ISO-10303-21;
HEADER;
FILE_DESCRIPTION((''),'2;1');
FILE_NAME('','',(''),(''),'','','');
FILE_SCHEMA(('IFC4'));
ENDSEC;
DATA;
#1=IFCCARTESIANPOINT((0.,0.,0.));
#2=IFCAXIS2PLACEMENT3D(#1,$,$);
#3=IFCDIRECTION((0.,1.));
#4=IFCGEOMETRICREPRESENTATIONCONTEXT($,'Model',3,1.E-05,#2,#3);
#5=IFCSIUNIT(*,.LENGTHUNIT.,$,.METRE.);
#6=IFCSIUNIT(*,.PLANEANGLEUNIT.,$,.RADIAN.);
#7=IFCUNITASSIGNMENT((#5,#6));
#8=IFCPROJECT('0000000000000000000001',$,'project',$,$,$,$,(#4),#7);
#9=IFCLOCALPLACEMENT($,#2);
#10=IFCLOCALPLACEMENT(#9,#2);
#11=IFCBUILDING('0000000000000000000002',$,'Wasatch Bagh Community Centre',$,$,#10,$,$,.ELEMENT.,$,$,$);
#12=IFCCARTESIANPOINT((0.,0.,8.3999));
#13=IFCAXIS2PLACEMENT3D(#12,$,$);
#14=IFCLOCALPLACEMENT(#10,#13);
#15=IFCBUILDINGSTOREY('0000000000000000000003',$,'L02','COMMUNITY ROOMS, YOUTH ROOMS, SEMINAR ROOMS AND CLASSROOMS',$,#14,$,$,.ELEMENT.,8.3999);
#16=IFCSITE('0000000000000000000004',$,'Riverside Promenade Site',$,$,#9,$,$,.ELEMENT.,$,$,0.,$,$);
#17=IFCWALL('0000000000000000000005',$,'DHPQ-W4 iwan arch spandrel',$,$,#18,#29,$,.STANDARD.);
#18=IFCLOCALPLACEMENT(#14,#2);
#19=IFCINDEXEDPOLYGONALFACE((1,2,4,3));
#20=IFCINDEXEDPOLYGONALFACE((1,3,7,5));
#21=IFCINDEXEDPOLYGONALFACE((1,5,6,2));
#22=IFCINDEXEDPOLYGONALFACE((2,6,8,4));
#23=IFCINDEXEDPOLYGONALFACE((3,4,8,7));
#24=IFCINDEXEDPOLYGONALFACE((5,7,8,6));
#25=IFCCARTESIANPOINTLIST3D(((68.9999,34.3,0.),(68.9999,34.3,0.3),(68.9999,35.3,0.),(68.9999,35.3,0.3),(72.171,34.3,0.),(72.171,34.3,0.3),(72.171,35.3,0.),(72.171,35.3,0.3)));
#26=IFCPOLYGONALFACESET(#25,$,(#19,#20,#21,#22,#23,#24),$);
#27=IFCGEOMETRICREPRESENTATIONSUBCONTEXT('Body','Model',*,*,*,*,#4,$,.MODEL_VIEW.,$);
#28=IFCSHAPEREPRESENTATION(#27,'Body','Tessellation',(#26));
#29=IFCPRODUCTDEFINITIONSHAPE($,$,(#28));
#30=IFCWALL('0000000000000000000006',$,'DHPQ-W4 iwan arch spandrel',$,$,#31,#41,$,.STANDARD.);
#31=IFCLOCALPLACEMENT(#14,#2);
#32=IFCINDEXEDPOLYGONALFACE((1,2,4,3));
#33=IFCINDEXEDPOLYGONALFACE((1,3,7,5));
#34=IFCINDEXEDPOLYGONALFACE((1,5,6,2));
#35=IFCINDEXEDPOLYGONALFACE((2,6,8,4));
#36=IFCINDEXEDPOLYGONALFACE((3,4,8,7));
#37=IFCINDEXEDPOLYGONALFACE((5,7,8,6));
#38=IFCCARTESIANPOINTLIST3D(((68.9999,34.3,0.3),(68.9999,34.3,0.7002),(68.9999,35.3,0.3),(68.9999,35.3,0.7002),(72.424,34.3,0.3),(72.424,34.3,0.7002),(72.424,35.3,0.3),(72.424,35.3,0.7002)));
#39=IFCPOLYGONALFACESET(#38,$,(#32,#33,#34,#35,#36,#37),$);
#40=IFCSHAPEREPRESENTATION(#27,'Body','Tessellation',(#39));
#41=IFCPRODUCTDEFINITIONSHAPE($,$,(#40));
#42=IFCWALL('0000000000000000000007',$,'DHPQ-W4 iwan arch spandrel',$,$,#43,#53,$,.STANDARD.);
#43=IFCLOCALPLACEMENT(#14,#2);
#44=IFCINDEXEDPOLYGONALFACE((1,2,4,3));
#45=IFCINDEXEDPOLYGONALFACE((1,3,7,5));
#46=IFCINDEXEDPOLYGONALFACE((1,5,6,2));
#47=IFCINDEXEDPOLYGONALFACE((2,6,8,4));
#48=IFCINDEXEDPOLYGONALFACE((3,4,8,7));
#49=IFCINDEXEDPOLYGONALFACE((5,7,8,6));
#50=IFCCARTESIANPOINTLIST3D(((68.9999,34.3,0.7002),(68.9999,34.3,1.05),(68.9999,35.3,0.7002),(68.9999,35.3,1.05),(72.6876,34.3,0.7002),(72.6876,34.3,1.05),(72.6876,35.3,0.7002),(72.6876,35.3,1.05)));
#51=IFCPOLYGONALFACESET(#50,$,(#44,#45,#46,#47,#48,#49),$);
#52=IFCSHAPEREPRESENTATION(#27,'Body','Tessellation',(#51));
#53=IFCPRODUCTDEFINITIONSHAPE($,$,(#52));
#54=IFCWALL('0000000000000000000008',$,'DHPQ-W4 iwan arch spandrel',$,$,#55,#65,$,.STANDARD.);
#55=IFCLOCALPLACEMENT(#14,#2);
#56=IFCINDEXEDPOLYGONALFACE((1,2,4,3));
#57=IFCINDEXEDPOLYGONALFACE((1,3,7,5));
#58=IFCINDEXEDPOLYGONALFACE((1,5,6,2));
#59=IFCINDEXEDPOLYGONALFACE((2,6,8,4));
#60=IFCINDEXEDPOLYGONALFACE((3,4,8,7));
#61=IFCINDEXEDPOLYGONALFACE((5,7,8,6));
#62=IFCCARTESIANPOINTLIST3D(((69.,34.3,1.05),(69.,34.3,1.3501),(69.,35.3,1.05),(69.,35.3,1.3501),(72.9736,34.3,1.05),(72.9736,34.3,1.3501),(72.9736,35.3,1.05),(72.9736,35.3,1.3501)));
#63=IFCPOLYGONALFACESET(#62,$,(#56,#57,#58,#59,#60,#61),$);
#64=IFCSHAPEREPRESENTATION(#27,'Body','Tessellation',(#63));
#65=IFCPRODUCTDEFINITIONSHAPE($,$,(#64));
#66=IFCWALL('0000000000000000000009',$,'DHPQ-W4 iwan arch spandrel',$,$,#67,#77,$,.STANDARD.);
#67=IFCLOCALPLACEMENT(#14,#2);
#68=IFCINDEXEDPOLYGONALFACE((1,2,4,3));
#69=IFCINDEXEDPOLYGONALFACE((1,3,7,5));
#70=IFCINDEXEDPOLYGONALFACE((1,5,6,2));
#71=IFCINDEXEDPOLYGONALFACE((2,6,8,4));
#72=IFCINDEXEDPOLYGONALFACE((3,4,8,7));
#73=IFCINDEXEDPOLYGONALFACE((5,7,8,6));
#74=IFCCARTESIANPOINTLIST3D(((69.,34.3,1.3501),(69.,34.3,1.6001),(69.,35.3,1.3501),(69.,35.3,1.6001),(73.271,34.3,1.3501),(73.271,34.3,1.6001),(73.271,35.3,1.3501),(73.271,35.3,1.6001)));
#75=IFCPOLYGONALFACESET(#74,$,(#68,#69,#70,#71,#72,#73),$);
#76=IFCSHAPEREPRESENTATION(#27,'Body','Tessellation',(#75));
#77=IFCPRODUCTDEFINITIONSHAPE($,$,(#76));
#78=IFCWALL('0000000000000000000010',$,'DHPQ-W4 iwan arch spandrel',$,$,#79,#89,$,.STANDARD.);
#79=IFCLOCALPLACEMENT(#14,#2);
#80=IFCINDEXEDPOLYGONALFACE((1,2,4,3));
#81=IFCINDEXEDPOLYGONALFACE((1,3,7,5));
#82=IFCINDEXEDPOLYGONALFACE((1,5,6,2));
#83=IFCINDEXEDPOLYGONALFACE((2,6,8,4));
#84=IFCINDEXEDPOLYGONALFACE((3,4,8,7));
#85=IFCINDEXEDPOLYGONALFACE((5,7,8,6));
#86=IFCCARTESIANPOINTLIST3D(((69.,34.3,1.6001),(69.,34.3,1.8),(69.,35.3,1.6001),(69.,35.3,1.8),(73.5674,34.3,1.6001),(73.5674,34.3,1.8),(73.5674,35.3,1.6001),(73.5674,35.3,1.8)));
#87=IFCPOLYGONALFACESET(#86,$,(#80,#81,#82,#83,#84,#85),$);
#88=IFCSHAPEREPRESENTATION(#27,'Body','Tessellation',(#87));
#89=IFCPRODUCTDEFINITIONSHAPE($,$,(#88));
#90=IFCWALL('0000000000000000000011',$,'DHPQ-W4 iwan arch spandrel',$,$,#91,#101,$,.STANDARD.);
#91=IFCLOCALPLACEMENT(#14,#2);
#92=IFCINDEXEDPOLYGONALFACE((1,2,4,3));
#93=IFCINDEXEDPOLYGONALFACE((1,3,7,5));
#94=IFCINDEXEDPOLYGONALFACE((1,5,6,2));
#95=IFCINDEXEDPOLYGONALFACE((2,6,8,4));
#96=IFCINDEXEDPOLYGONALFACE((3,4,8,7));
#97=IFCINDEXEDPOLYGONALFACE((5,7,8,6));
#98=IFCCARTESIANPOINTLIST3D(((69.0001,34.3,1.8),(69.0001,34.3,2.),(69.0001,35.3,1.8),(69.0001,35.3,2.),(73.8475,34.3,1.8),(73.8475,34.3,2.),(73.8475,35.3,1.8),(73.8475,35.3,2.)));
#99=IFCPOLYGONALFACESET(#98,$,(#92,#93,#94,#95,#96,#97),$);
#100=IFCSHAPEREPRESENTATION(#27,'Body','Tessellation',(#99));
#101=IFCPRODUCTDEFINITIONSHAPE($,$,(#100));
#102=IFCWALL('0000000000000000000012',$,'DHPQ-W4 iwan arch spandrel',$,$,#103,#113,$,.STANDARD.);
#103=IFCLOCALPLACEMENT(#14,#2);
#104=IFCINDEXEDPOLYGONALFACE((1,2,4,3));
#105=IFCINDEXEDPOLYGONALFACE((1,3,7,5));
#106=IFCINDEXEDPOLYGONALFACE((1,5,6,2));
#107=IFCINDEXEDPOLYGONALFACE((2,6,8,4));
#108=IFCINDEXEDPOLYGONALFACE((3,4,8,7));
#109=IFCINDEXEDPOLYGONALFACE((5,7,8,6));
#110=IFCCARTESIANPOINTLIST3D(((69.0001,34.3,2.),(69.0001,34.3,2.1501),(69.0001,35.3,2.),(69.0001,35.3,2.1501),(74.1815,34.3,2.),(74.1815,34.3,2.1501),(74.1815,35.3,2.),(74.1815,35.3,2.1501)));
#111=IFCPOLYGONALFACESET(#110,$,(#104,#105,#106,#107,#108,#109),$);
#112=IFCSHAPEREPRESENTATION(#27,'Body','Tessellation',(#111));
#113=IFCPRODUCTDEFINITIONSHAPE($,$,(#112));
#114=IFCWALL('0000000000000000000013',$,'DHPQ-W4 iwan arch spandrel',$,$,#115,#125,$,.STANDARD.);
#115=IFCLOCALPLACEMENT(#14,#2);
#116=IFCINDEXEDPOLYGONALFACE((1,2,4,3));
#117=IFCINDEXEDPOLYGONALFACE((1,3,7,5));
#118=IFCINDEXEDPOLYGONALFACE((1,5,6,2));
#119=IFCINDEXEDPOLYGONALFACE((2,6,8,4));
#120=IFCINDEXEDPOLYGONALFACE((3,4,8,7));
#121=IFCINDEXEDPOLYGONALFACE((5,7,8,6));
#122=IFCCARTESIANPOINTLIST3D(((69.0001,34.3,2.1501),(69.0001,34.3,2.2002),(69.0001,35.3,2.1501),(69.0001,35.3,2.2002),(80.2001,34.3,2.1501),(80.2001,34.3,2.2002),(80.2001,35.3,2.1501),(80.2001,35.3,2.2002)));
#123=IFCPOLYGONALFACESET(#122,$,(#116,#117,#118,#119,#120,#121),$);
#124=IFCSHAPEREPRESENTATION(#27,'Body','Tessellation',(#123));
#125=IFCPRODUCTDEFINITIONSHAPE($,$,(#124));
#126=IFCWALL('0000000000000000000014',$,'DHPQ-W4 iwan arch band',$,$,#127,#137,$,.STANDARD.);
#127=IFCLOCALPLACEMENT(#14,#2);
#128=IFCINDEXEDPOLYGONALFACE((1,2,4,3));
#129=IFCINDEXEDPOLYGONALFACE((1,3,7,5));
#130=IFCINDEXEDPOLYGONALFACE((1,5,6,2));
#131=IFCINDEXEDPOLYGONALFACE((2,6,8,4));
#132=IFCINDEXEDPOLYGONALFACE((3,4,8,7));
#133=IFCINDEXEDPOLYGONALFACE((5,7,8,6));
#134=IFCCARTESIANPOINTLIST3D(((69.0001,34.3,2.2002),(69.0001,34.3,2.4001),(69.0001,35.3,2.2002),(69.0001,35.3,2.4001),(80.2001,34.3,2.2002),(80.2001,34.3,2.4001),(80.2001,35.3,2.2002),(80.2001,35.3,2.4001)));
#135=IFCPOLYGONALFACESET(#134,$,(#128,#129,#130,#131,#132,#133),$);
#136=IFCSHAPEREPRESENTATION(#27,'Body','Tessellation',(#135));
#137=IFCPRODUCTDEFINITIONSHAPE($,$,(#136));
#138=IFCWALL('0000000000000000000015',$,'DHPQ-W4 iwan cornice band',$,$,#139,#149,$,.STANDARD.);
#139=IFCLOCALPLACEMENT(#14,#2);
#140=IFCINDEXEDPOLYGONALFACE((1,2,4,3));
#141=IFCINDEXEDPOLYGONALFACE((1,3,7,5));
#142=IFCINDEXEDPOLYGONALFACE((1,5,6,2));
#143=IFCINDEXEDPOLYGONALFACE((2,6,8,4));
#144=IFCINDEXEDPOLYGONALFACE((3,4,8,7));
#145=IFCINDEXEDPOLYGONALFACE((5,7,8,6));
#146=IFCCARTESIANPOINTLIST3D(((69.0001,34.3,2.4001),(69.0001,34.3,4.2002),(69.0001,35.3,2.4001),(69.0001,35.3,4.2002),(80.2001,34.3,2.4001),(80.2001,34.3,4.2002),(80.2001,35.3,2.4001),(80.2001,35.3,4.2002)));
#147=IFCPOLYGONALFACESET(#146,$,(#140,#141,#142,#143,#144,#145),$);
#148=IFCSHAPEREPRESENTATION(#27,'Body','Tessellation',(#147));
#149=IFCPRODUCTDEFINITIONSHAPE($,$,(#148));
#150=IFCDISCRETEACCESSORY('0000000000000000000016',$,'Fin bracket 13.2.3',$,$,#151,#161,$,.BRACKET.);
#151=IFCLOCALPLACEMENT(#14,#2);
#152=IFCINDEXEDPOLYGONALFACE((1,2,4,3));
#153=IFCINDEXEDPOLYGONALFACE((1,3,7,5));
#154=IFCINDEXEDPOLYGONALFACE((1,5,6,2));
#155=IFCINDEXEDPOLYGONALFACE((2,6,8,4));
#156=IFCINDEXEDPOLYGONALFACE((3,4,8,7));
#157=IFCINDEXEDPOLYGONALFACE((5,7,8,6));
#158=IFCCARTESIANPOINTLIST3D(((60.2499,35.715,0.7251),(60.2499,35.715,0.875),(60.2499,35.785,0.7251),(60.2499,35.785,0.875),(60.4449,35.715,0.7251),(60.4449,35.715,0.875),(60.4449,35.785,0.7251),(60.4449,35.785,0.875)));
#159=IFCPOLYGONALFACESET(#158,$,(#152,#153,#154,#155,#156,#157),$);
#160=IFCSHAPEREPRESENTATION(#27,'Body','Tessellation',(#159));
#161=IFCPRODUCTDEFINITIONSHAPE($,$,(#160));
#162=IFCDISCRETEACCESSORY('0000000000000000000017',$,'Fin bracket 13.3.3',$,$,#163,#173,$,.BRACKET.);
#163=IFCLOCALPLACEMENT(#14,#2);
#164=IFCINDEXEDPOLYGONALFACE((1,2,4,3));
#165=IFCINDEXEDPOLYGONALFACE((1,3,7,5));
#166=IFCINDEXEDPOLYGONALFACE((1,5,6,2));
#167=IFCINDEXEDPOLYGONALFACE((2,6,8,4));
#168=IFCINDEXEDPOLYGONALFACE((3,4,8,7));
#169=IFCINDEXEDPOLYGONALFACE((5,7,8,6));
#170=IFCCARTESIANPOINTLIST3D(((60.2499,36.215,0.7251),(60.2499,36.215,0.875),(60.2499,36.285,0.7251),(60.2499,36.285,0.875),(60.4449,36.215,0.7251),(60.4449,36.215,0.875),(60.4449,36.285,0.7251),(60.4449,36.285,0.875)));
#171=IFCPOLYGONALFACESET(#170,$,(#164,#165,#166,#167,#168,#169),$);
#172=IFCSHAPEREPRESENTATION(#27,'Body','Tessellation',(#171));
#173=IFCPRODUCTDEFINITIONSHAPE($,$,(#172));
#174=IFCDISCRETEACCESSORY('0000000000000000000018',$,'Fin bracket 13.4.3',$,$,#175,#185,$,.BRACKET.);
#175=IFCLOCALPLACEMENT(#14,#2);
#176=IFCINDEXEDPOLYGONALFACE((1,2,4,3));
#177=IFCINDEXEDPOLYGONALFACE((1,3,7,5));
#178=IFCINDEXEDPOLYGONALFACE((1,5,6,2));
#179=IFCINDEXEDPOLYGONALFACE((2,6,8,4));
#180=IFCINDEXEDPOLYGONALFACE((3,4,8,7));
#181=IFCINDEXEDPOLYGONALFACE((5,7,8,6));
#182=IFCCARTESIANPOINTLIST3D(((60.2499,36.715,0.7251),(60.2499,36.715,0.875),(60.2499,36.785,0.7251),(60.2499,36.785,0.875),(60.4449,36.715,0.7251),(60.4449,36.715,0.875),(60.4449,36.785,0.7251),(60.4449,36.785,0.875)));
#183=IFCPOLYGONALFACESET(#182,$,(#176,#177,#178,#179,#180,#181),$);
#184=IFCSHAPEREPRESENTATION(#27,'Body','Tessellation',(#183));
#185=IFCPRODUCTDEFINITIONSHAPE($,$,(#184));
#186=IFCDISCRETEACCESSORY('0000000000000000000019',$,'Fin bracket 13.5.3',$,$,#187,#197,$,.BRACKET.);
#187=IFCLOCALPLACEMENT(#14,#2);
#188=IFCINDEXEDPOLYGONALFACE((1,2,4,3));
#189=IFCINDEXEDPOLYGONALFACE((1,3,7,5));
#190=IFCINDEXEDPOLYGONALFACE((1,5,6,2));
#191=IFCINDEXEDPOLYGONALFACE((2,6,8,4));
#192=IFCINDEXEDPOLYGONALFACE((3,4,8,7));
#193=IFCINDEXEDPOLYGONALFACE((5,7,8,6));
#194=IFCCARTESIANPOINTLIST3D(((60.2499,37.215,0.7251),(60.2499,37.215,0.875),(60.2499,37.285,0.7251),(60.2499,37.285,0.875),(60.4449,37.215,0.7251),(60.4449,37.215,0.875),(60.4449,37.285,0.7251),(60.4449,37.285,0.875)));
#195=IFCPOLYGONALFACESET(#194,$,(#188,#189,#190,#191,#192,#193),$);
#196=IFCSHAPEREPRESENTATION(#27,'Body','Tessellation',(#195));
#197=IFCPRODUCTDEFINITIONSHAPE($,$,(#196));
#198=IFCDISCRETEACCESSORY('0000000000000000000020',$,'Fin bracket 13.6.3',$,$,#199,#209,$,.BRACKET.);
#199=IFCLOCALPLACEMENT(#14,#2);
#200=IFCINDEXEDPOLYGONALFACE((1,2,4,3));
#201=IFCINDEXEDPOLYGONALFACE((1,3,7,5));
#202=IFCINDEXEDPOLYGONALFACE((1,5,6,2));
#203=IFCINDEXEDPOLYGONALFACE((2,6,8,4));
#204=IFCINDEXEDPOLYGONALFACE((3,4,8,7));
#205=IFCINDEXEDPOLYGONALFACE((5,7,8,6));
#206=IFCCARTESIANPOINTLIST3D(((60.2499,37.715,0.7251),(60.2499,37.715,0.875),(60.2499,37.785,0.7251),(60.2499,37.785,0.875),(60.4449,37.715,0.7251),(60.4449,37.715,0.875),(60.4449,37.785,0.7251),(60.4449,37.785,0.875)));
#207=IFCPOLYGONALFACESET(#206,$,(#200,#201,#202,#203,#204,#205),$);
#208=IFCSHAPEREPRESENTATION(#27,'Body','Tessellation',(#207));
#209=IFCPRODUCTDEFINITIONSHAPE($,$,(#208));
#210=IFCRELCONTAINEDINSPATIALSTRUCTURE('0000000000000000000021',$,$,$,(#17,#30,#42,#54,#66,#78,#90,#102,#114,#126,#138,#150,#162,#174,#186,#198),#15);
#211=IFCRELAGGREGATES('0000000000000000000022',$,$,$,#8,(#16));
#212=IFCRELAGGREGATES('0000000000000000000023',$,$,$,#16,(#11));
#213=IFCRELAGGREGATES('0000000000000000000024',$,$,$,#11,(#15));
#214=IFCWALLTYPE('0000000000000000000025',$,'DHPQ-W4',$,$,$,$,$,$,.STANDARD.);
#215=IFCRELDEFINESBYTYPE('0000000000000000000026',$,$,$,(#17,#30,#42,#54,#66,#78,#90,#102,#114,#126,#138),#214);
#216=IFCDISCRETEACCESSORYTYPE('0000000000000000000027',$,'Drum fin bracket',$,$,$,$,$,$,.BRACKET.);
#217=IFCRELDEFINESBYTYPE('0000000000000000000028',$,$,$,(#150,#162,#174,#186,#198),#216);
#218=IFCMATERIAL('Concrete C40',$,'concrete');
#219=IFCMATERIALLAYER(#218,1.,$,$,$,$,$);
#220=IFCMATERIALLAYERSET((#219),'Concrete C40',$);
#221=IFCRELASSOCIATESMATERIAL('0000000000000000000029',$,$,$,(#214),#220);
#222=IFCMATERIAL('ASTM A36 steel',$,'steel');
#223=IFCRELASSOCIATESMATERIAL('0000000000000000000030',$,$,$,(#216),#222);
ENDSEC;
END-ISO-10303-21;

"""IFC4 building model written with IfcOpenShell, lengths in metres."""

from ifc_helpers import new_model, si_unit, direction, frame, frame_2d, origin, origin_2d, place, context, subcontext, project, spatial, rectangle, extrude, material, layer, layer_set, type_object, element, save


model = new_model("IFC4")

# Units and contexts
model_context = context("Model", 3, precision=1e-05, world=origin(), true_north=direction((0.0, 1.0)))
body_context = subcontext(model_context, "Body", "Model", "MODEL_VIEW")
ifc_project = project(units=[si_unit("LENGTHUNIT", "METRE"), si_unit("PLANEANGLEUNIT", "RADIAN")], contexts=[model_context])

# Site, building, storey
site_placement = place(None, origin())
site = spatial("IfcSite", under=ifc_project, at=site_placement, Name="Riverside Promenade Site", CompositionType="ELEMENT", RefElevation=0.0)
building_placement = place(site_placement, origin())
building = spatial("IfcBuilding", under=site, at=building_placement, Name="Wasatch Bagh Community Centre", CompositionType="ELEMENT")
storey_placement = place(building_placement, frame((0.0, 0.0, 8.3999)))
storey = spatial("IfcBuildingStorey", under=building, at=storey_placement, Name="L02", Description="COMMUNITY ROOMS, YOUTH ROOMS, SEMINAR ROOMS AND CLASSROOMS", CompositionType="ELEMENT", Elevation=8.3999)

# Walls
ifc_material_1 = material(Name="Concrete C40", Category="concrete")
ifc_layer = layer(ifc_material_1, 1.0)
ifc_layer_set = layer_set([ifc_layer], Name="Concrete C40")
wall_type = type_object("IfcWallType", Name="DHPQ-W4", PredefinedType="STANDARD", material=ifc_layer_set)
wall_1_placement = place(storey_placement, frame((69.0, 34.8, 0.0), z_axis=(0.0, 0.0, 1.0), x_axis=(1.0, 0.0, 0.0)))
element("IfcWall", 1, at=wall_1_placement, inside=storey, type_object=wall_type, Name="DHPQ-W4 iwan arch spandrel", PredefinedType="STANDARD", context=body_context, shape_type="SweptSolid", body=[
    extrude(rectangle(XDim=3.1711, YDim=1.0, at=frame_2d((1.5854, 0.0))), origin(), (0.0, 0.0, 1.0), 0.3),
])
wall_2_placement = place(storey_placement, frame((69.0, 34.8, 0.3), z_axis=(0.0, 0.0, 1.0), x_axis=(1.0, 0.0, 0.0)))
element("IfcWall", 2, at=wall_2_placement, inside=storey, type_object=wall_type, Name="DHPQ-W4 iwan arch spandrel", PredefinedType="STANDARD", context=body_context, shape_type="SweptSolid", body=[
    extrude(rectangle(XDim=3.4241, YDim=1.0, at=frame_2d((1.7119, 0.0))), origin(), (0.0, 0.0, 1.0), 0.4001),
])
wall_3_placement = place(storey_placement, frame((69.0, 34.8, 0.7002), z_axis=(0.0, 0.0, 1.0), x_axis=(1.0, 0.0, 0.0)))
element("IfcWall", 3, at=wall_3_placement, inside=storey, type_object=wall_type, Name="DHPQ-W4 iwan arch spandrel", PredefinedType="STANDARD", context=body_context, shape_type="SweptSolid", body=[
    extrude(rectangle(XDim=3.6877, YDim=1.0, at=frame_2d((1.8438, 0.0))), origin(), (0.0, 0.0, 1.0), 0.3499),
])
wall_4_placement = place(storey_placement, frame((69.0, 34.8, 1.05), z_axis=(0.0, 0.0, 1.0), x_axis=(1.0, 0.0, 0.0)))
element("IfcWall", 4, at=wall_4_placement, inside=storey, type_object=wall_type, Name="DHPQ-W4 iwan arch spandrel", PredefinedType="STANDARD", context=body_context, shape_type="SweptSolid", body=[
    extrude(rectangle(XDim=3.9736, YDim=1.0, at=frame_2d((1.9868, 0.0))), origin(), (0.0, 0.0, 1.0), 0.3),
])
wall_5_placement = place(storey_placement, frame((69.0, 34.8, 1.3501), z_axis=(0.0, 0.0, 1.0), x_axis=(1.0, 0.0, 0.0)))
element("IfcWall", 5, at=wall_5_placement, inside=storey, type_object=wall_type, Name="DHPQ-W4 iwan arch spandrel", PredefinedType="STANDARD", context=body_context, shape_type="SweptSolid", body=[
    extrude(rectangle(XDim=4.271, YDim=1.0, at=frame_2d((2.1355, 0.0))), origin(), (0.0, 0.0, 1.0), 0.25),
])
wall_6_placement = place(storey_placement, frame((69.0, 34.8, 1.6001), z_axis=(0.0, 0.0, 1.0), x_axis=(1.0, 0.0, 0.0)))
element("IfcWall", 6, at=wall_6_placement, inside=storey, type_object=wall_type, Name="DHPQ-W4 iwan arch spandrel", PredefinedType="STANDARD", context=body_context, shape_type="SweptSolid", body=[
    extrude(rectangle(XDim=4.5674, YDim=1.0, at=frame_2d((2.2837, 0.0))), origin(), (0.0, 0.0, 1.0), 0.2),
])
wall_7_placement = place(storey_placement, frame((69.0, 34.8, 1.8), z_axis=(0.0, 0.0, 1.0), x_axis=(1.0, 0.0, 0.0)))
element("IfcWall", 7, at=wall_7_placement, inside=storey, type_object=wall_type, Name="DHPQ-W4 iwan arch spandrel", PredefinedType="STANDARD", context=body_context, shape_type="SweptSolid", body=[
    extrude(rectangle(XDim=4.8474, YDim=1.0, at=frame_2d((2.4238, 0.0))), origin(), (0.0, 0.0, 1.0), 0.2),
])
wall_8_placement = place(storey_placement, frame((69.0, 34.8, 2.0), z_axis=(0.0, 0.0, 1.0), x_axis=(1.0, 0.0, 0.0)))
element("IfcWall", 8, at=wall_8_placement, inside=storey, type_object=wall_type, Name="DHPQ-W4 iwan arch spandrel", PredefinedType="STANDARD", context=body_context, shape_type="SweptSolid", body=[
    extrude(rectangle(XDim=5.1814, YDim=1.0, at=frame_2d((2.5908, 0.0))), origin(), (0.0, 0.0, 1.0), 0.1501),
])
wall_9_placement = place(storey_placement, frame((69.0, 34.8, 2.1501), z_axis=(0.0, 0.0, 1.0), x_axis=(1.0, 0.0, 0.0)))
element("IfcWall", 9, at=wall_9_placement, inside=storey, type_object=wall_type, Name="DHPQ-W4 iwan arch spandrel", PredefinedType="STANDARD", context=body_context, shape_type="SweptSolid", body=[
    extrude(rectangle(XDim=11.2, YDim=1.0, at=frame_2d((5.6001, 0.0))), origin(), (0.0, 0.0, 1.0), 0.05),
])
wall_10_placement = place(storey_placement, frame((69.0, 34.8, 2.2002), z_axis=(0.0, 0.0, 1.0), x_axis=(1.0, 0.0, 0.0)))
element("IfcWall", 10, at=wall_10_placement, inside=storey, type_object=wall_type, Name="DHPQ-W4 iwan arch band", PredefinedType="STANDARD", context=body_context, shape_type="SweptSolid", body=[
    extrude(rectangle(XDim=11.2, YDim=1.0, at=frame_2d((5.6001, 0.0))), origin(), (0.0, 0.0, 1.0), 0.2),
])
wall_11_placement = place(storey_placement, frame((69.0, 34.8, 2.4001), z_axis=(0.0, 0.0, 1.0), x_axis=(1.0, 0.0, 0.0)))
element("IfcWall", 11, at=wall_11_placement, inside=storey, type_object=wall_type, Name="DHPQ-W4 iwan cornice band", PredefinedType="STANDARD", context=body_context, shape_type="SweptSolid", body=[
    extrude(rectangle(XDim=11.2, YDim=1.0, at=frame_2d((5.6001, 0.0))), origin(), (0.0, 0.0, 1.0), 1.8),
])

# Discrete accessories
ifc_material_2 = material(Name="ASTM A36 steel", Category="steel")
discrete_accessory_type = type_object("IfcDiscreteAccessoryType", Name="Drum fin bracket", PredefinedType="BRACKET", material=ifc_material_2)
for number, where, z_axis, x_axis, name in (
    (12, (60.3474, 35.75, 0.7251), (0.0, 0.0, 1.0), (0.0, 1.0, 0.0), "Fin bracket 13.2.3"),
    (13, (60.3474, 36.25, 0.7251), (0.0, 0.0, 1.0), (0.0, 1.0, 0.0), "Fin bracket 13.3.3"),
    (14, (60.3474, 36.75, 0.7251), (0.0, 0.0, 1.0), (0.0, 1.0, 0.0), "Fin bracket 13.4.3"),
    (15, (60.3474, 37.25, 0.7251), (0.0, 0.0, 1.0), (0.0, 1.0, 0.0), "Fin bracket 13.5.3"),
    (16, (60.3474, 37.75, 0.7251), (0.0, 0.0, 1.0), (0.0, 1.0, 0.0), "Fin bracket 13.6.3"),
):
    element("IfcDiscreteAccessory", number, at=place(storey_placement, frame(where, z_axis=z_axis, x_axis=x_axis)), inside=storey, type_object=discrete_accessory_type, Name=name, PredefinedType="BRACKET", context=body_context, shape_type="SweptSolid", body=[
        extrude(rectangle(XDim=0.0701, YDim=0.1951, at=origin_2d()), origin(), (0.0, 0.0, 1.0), 0.1499),
    ])

save(model, "model.ifc")
